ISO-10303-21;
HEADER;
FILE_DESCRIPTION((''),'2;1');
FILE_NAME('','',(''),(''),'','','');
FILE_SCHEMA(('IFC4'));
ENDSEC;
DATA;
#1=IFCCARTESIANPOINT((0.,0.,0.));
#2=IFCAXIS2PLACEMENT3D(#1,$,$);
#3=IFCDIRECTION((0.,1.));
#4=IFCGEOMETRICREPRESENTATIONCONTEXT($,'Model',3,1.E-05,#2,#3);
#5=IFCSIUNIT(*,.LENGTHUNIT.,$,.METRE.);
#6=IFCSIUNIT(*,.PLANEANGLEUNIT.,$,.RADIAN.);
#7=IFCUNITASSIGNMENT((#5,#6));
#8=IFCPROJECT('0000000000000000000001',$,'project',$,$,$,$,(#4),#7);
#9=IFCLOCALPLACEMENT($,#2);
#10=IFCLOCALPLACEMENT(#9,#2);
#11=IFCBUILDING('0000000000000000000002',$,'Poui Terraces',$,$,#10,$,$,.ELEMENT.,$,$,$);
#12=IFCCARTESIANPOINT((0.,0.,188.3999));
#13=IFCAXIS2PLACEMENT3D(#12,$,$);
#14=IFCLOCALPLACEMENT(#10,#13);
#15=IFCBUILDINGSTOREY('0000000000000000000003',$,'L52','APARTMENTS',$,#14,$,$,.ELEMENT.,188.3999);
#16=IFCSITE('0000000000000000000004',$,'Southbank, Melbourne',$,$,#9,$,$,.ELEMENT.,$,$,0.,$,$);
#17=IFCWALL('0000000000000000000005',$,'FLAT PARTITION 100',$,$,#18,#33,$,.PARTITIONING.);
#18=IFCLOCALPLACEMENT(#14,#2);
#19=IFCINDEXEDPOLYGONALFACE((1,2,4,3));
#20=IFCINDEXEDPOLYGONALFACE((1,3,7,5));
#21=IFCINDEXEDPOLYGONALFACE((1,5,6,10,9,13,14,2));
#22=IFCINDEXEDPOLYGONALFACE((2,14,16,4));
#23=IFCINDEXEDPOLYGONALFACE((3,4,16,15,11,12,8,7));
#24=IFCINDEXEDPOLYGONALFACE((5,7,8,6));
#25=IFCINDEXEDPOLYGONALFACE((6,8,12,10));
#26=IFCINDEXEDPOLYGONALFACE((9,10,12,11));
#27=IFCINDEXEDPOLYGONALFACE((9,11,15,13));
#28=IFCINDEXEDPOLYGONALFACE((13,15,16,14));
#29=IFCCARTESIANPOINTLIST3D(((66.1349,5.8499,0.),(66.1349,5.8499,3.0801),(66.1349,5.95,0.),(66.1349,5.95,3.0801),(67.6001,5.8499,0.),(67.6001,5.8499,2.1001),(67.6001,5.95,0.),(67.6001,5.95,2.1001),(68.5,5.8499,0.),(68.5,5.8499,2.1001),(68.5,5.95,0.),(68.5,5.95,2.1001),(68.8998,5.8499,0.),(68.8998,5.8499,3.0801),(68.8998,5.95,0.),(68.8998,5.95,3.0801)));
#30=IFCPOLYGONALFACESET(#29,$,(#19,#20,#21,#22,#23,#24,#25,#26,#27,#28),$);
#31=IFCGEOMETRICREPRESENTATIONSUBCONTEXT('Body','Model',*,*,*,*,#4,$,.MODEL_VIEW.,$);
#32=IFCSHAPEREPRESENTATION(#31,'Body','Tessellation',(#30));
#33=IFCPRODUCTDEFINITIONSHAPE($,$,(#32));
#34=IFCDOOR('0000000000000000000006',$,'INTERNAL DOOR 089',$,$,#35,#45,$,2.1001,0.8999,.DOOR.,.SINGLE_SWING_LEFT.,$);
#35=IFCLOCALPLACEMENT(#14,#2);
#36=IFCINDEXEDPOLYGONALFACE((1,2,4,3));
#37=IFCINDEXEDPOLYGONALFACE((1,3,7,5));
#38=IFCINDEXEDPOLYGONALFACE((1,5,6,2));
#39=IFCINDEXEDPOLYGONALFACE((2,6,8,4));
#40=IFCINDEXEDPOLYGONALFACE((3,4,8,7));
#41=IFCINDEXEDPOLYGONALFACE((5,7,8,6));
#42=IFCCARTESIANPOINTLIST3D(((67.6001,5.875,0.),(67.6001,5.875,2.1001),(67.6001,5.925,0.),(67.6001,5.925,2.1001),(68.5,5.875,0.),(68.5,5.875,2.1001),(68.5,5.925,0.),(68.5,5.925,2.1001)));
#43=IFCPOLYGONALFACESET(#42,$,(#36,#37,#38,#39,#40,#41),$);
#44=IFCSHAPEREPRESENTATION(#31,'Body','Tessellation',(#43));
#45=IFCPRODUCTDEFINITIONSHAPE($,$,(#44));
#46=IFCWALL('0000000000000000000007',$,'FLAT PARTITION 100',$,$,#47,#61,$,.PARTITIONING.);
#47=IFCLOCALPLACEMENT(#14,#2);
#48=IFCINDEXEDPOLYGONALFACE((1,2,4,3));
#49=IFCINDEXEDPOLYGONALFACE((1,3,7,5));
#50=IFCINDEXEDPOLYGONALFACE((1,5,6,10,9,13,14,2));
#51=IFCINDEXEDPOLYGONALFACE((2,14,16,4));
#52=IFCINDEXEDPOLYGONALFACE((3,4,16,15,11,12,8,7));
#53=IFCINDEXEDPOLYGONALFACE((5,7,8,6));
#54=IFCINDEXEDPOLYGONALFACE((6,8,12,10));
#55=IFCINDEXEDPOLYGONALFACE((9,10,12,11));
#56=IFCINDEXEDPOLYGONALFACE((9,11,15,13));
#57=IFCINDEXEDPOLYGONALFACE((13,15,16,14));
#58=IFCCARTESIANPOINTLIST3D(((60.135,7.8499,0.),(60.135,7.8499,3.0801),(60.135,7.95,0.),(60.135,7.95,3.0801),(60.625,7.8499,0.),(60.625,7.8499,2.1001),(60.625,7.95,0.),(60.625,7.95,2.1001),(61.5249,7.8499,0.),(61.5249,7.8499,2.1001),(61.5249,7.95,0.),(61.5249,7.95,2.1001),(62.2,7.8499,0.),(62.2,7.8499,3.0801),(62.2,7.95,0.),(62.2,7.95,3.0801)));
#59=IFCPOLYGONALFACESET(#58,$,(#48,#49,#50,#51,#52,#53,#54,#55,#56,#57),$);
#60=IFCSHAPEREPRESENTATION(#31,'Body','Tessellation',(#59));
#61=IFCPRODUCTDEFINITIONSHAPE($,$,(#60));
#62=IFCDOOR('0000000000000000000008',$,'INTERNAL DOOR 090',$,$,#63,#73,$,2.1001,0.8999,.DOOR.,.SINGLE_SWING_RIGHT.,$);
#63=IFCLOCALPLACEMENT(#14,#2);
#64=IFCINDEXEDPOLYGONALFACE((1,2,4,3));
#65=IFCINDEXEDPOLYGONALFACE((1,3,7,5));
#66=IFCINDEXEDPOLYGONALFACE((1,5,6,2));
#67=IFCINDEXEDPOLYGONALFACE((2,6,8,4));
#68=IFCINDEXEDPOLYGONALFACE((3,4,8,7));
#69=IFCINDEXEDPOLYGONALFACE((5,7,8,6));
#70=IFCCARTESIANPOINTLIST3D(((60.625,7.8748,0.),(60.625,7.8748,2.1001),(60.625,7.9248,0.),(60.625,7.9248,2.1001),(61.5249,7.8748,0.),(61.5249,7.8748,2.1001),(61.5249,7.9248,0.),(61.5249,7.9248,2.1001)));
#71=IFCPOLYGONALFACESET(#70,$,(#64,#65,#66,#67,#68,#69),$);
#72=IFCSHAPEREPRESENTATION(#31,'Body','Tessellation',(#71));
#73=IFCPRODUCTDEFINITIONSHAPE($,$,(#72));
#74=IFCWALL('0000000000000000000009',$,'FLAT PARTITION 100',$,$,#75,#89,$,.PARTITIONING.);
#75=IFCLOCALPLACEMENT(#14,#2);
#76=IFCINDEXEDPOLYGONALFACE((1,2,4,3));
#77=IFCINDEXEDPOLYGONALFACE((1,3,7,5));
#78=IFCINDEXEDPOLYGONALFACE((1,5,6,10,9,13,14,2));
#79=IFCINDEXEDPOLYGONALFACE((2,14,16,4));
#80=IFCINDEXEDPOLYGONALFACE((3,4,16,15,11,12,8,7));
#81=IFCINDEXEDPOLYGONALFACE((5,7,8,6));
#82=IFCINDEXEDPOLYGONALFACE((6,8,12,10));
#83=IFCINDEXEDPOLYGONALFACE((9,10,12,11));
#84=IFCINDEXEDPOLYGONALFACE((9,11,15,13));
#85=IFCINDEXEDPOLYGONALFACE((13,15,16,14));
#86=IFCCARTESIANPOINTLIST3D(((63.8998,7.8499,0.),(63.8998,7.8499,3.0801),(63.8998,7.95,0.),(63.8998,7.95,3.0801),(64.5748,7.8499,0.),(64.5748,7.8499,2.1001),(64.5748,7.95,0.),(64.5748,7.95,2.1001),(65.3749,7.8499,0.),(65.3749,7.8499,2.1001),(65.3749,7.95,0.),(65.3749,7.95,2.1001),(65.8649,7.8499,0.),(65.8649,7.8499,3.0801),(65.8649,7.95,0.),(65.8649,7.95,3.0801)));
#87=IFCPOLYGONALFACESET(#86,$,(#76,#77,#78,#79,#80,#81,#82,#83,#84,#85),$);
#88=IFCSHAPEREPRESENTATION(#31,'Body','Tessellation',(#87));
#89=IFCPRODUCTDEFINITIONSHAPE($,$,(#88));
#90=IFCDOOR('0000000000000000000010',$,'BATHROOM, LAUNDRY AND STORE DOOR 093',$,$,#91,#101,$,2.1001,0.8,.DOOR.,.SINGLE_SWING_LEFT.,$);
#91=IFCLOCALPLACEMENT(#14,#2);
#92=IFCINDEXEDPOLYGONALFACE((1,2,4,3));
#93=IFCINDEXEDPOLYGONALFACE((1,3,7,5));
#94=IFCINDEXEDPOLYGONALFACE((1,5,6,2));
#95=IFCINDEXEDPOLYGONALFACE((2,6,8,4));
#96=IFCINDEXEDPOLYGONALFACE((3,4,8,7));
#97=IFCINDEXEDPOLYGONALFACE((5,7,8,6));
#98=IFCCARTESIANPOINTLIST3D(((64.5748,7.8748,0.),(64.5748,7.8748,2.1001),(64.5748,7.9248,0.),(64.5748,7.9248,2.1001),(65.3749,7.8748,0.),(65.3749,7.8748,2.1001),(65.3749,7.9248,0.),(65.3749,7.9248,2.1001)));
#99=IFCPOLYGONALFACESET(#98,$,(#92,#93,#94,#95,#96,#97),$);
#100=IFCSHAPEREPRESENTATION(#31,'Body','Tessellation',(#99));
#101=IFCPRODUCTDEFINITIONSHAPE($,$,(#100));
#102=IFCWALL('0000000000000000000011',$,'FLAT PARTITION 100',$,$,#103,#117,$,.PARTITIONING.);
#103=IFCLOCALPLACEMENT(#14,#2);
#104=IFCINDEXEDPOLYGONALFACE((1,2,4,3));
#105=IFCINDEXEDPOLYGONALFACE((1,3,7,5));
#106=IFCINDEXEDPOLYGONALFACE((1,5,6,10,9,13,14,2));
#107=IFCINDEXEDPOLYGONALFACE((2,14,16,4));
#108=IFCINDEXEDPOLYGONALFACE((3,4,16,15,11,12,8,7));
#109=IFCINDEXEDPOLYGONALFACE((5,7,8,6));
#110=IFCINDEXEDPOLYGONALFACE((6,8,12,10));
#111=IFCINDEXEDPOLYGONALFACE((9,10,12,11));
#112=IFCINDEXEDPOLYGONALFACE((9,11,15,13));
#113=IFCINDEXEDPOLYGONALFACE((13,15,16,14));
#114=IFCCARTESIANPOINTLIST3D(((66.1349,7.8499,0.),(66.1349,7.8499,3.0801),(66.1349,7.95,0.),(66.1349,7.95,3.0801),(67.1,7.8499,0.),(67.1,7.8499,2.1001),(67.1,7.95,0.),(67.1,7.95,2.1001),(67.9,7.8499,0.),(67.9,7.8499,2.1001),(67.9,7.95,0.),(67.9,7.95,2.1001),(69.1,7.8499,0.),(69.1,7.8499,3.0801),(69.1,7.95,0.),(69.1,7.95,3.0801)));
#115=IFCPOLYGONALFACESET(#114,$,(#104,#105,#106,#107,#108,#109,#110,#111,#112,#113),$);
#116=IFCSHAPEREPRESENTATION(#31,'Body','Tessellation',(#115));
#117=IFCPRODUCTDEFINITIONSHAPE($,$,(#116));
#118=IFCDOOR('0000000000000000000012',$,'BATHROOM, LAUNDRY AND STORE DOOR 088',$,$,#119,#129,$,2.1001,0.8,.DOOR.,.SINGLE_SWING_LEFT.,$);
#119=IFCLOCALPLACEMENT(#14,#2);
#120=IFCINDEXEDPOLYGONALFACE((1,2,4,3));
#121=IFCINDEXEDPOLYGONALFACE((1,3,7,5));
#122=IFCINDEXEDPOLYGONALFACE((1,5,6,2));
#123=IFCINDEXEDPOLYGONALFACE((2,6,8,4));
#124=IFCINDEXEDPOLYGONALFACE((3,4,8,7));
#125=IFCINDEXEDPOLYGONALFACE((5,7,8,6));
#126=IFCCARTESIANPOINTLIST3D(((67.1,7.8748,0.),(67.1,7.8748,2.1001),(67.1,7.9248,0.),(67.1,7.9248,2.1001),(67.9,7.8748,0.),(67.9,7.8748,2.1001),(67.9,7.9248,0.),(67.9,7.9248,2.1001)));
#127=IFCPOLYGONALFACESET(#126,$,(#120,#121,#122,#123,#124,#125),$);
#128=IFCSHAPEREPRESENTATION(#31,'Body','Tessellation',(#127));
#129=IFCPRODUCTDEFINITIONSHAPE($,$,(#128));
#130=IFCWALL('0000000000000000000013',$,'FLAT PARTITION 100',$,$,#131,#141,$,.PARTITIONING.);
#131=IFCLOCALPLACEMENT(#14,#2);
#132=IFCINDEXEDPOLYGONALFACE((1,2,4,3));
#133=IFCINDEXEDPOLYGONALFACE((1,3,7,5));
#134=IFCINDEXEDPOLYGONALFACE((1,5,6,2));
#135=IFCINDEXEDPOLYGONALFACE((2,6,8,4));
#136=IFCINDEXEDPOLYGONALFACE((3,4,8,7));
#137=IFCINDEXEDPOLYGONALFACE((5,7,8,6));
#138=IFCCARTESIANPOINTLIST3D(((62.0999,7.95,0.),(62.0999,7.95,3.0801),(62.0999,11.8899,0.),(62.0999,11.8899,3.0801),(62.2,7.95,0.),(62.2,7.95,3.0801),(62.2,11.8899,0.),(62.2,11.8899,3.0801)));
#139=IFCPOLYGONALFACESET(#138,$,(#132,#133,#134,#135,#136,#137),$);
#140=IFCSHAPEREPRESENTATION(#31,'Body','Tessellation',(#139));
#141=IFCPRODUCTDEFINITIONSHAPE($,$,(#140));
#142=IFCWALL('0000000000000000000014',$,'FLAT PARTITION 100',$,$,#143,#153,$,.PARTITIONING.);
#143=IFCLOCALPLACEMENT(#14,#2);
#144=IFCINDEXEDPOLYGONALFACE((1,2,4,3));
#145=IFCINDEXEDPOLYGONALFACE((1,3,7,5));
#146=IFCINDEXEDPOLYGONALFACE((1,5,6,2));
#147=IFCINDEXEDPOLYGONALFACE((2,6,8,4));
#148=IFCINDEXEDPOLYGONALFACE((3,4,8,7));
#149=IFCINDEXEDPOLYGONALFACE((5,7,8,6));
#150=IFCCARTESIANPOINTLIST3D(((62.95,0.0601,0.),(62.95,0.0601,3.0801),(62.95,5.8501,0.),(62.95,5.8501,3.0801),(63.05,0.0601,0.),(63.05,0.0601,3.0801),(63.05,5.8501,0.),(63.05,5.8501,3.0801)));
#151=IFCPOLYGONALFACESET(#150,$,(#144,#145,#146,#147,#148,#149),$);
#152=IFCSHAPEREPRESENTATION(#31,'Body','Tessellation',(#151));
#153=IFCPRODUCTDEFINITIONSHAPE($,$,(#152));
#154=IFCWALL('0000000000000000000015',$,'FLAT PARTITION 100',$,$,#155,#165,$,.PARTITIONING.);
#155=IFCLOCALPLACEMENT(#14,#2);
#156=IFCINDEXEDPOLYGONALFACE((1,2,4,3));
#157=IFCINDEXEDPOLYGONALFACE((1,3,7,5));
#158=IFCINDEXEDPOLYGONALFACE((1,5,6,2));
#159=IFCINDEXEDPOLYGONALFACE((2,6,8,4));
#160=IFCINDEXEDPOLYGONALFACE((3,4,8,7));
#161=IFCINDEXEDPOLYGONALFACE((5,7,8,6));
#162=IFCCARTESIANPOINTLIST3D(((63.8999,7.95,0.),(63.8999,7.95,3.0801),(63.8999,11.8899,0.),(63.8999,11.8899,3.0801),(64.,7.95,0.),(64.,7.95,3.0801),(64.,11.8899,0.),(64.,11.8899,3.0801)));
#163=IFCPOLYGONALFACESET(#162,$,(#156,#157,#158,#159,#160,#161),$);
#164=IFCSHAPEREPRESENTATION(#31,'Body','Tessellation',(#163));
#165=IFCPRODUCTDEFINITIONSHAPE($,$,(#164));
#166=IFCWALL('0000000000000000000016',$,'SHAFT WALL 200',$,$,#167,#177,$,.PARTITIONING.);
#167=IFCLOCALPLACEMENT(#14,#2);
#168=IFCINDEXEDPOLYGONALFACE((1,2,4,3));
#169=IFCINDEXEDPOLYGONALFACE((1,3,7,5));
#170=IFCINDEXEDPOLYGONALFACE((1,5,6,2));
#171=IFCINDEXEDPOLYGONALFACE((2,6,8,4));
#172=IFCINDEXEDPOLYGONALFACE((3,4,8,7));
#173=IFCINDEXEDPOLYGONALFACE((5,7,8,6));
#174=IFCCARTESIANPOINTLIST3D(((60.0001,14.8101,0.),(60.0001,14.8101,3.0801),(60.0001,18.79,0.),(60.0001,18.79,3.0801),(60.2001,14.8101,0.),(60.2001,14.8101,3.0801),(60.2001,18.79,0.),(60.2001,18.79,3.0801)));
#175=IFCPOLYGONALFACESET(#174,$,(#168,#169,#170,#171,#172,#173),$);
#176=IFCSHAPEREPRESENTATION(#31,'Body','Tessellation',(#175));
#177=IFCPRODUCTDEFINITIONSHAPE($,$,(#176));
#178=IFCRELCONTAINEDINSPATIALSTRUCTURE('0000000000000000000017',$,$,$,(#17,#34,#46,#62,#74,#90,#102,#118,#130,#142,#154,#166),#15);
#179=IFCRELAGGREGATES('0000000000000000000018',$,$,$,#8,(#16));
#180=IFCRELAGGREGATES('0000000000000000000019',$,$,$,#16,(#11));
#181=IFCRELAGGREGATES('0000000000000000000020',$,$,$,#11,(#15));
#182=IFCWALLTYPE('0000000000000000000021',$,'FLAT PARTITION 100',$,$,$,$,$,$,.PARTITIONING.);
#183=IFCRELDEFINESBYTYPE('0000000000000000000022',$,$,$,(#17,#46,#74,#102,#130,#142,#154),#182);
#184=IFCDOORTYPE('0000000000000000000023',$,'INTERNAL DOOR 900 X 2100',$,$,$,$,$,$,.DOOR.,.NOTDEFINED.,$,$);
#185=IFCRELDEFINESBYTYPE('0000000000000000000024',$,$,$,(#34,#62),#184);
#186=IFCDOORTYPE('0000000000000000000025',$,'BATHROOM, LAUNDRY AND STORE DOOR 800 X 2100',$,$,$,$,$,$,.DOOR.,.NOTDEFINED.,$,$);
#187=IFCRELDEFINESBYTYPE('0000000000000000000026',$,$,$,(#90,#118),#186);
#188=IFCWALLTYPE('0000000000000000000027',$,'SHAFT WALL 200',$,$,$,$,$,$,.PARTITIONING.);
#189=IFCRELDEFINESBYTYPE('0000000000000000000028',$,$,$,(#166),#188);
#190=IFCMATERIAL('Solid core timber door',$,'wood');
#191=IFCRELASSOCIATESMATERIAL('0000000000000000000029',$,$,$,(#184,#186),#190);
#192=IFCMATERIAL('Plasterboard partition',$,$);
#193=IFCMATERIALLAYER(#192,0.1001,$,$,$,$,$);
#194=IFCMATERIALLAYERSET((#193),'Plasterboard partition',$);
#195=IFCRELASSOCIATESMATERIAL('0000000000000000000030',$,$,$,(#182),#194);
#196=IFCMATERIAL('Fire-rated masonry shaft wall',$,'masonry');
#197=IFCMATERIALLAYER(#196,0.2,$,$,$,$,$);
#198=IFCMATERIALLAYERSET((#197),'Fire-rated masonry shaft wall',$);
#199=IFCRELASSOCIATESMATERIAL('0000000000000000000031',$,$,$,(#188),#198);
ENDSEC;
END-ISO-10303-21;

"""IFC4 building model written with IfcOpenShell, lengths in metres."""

from ifc_helpers import new_model, si_unit, direction, frame, frame_2d, origin, place, context, subcontext, project, spatial, rectangle, extrude, material, layer, layer_set, type_object, element, fill, save


model = new_model("IFC4")

# Units and contexts
model_context = context("Model", 3, precision=1e-05, world=origin(), true_north=direction((0.0, 1.0)))
body_context = subcontext(model_context, "Body", "Model", "MODEL_VIEW")
ifc_project = project(units=[si_unit("LENGTHUNIT", "METRE"), si_unit("PLANEANGLEUNIT", "RADIAN")], contexts=[model_context])

# Site, building, storey
site_placement = place(None, origin())
site = spatial("IfcSite", under=ifc_project, at=site_placement, Name="Southbank, Melbourne", CompositionType="ELEMENT", RefElevation=0.0)
building_placement = place(site_placement, origin())
building = spatial("IfcBuilding", under=site, at=building_placement, Name="Poui Terraces", CompositionType="ELEMENT")
storey_placement = place(building_placement, frame((0.0, 0.0, 188.3999)))
storey = spatial("IfcBuildingStorey", under=building, at=storey_placement, Name="L52", Description="APARTMENTS", CompositionType="ELEMENT", Elevation=188.3999)

# Walls, openings, doors
ifc_material_1 = material(Name="Solid core timber door", Category="wood")
door_type_1 = type_object("IfcDoorType", Name="INTERNAL DOOR 900 X 2100", OperationType="NOTDEFINED", PredefinedType="DOOR", material=ifc_material_1)
ifc_material_2 = material(Name="Plasterboard partition")
ifc_layer_1 = layer(ifc_material_2, 0.1001)
ifc_layer_set_1 = layer_set([ifc_layer_1], Name="Plasterboard partition")
wall_type_1 = type_object("IfcWallType", Name="FLAT PARTITION 100", PredefinedType="PARTITIONING", material=ifc_layer_set_1)
wall_1_placement = place(storey_placement, frame((66.135, 5.8999, 0.0), z_axis=(0.0, 0.0, 1.0), x_axis=(1.0, 0.0, 0.0)))
wall_1 = element("IfcWall", 1, at=wall_1_placement, inside=storey, type_object=wall_type_1, Name="FLAT PARTITION 100", PredefinedType="PARTITIONING", context=body_context, shape_type="SweptSolid", body=[
    extrude(rectangle(XDim=2.7649, YDim=0.1001, at=frame_2d((1.3823, 0.0))), origin(), (0.0, 0.0, 1.0), 3.0801),
])
opening_1_placement = place(wall_1_placement, frame((1.4651, 0.0, 0.0)))
opening_1 = element("IfcOpeningElement", 2, at=opening_1_placement, cuts=wall_1, PredefinedType="OPENING", context=body_context, shape_type="SweptSolid", body=[
    extrude(rectangle(XDim=0.8999, YDim=2.1001, at=frame_2d((0.45, 1.05))), frame((0.0, 0.0601, 0.0), z_axis=(0.0, -1.0, 0.0), x_axis=(1.0, 0.0, 0.0)), (0.0, 0.0, 1.0), 0.1201),
])
door_1_placement = place(opening_1_placement, frame((0.8999, 0.0, 0.0), z_axis=(0.0, 0.0, 1.0), x_axis=(-1.0, 0.0, 0.0)))
door_1 = element("IfcDoor", 3, at=door_1_placement, inside=storey, type_object=door_type_1, Name="INTERNAL DOOR 089", OperationType="SINGLE_SWING_LEFT", OverallHeight=2.1001, OverallWidth=0.8999, PredefinedType="DOOR", context=body_context, shape_type="SweptSolid", body=[
    extrude(rectangle(XDim=0.8999, YDim=2.1001, at=frame_2d((0.45, 1.05))), frame((0.0, 0.0249, 0.0), z_axis=(0.0, -1.0, 0.0), x_axis=(1.0, 0.0, 0.0)), (0.0, 0.0, 1.0), 0.05),
])
fill(opening_1, door_1)
wall_2_placement = place(storey_placement, frame((60.135, 7.8999, 0.0), z_axis=(0.0, 0.0, 1.0), x_axis=(1.0, 0.0, 0.0)))
wall_2 = element("IfcWall", 4, at=wall_2_placement, inside=storey, type_object=wall_type_1, Name="FLAT PARTITION 100", PredefinedType="PARTITIONING", context=body_context, shape_type="SweptSolid", body=[
    extrude(rectangle(XDim=2.0649, YDim=0.1001, at=frame_2d((1.0325, 0.0))), origin(), (0.0, 0.0, 1.0), 3.0801),
])
opening_2_placement = place(wall_2_placement, frame((0.49, 0.0, 0.0)))
opening_2 = element("IfcOpeningElement", 5, at=opening_2_placement, cuts=wall_2, PredefinedType="OPENING", context=body_context, shape_type="SweptSolid", body=[
    extrude(rectangle(XDim=0.8999, YDim=2.1001, at=frame_2d((0.45, 1.05))), frame((0.0, 0.0601, 0.0), z_axis=(0.0, -1.0, 0.0), x_axis=(1.0, 0.0, 0.0)), (0.0, 0.0, 1.0), 0.1201),
])
door_2_placement = place(opening_2_placement, origin())
door_2 = element("IfcDoor", 6, at=door_2_placement, inside=storey, type_object=door_type_1, Name="INTERNAL DOOR 090", OperationType="SINGLE_SWING_RIGHT", OverallHeight=2.1001, OverallWidth=0.8999, PredefinedType="DOOR", context=body_context, shape_type="SweptSolid", body=[
    extrude(rectangle(XDim=0.8999, YDim=2.1001, at=frame_2d((0.45, 1.05))), frame((0.0, 0.0249, 0.0), z_axis=(0.0, -1.0, 0.0), x_axis=(1.0, 0.0, 0.0)), (0.0, 0.0, 1.0), 0.05),
])
fill(opening_2, door_2)
wall_3_placement = place(storey_placement, frame((63.8999, 7.8999, 0.0), z_axis=(0.0, 0.0, 1.0), x_axis=(1.0, 0.0, 0.0)))
wall_3 = element("IfcWall", 7, at=wall_3_placement, inside=storey, type_object=wall_type_1, Name="FLAT PARTITION 100", PredefinedType="PARTITIONING", context=body_context, shape_type="SweptSolid", body=[
    extrude(rectangle(XDim=1.9651, YDim=0.1001, at=frame_2d((0.9824, 0.0))), origin(), (0.0, 0.0, 1.0), 3.0801),
])
opening_3_placement = place(wall_3_placement, frame((0.675, 0.0, 0.0)))
opening_3 = element("IfcOpeningElement", 8, at=opening_3_placement, cuts=wall_3, PredefinedType="OPENING", context=body_context, shape_type="SweptSolid", body=[
    extrude(rectangle(XDim=0.8, YDim=2.1001, at=frame_2d((0.3999, 1.05))), frame((0.0, 0.0601, 0.0), z_axis=(0.0, -1.0, 0.0), x_axis=(1.0, 0.0, 0.0)), (0.0, 0.0, 1.0), 0.1201),
])
door_type_2 = type_object("IfcDoorType", Name="BATHROOM, LAUNDRY AND STORE DOOR 800 X 2100", OperationType="NOTDEFINED", PredefinedType="DOOR", material=ifc_material_1)
door_3_placement = place(opening_3_placement, origin())
door_3 = element("IfcDoor", 9, at=door_3_placement, inside=storey, type_object=door_type_2, Name="BATHROOM, LAUNDRY AND STORE DOOR 093", OperationType="SINGLE_SWING_LEFT", OverallHeight=2.1001, OverallWidth=0.8, PredefinedType="DOOR", context=body_context, shape_type="SweptSolid", body=[
    extrude(rectangle(XDim=0.8, YDim=2.1001, at=frame_2d((0.3999, 1.05))), frame((0.0, 0.0249, 0.0), z_axis=(0.0, -1.0, 0.0), x_axis=(1.0, 0.0, 0.0)), (0.0, 0.0, 1.0), 0.05),
])
fill(opening_3, door_3)
wall_4_placement = place(storey_placement, frame((66.135, 7.8999, 0.0), z_axis=(0.0, 0.0, 1.0), x_axis=(1.0, 0.0, 0.0)))
wall_4 = element("IfcWall", 10, at=wall_4_placement, inside=storey, type_object=wall_type_1, Name="FLAT PARTITION 100", PredefinedType="PARTITIONING", context=body_context, shape_type="SweptSolid", body=[
    extrude(rectangle(XDim=2.9651, YDim=0.1001, at=frame_2d((1.4824, 0.0))), origin(), (0.0, 0.0, 1.0), 3.0801),
])
opening_4_placement = place(wall_4_placement, frame((0.9651, 0.0, 0.0)))
opening_4 = element("IfcOpeningElement", 11, at=opening_4_placement, cuts=wall_4, PredefinedType="OPENING", context=body_context, shape_type="SweptSolid", body=[
    extrude(rectangle(XDim=0.8, YDim=2.1001, at=frame_2d((0.3999, 1.05))), frame((0.0, 0.0601, 0.0), z_axis=(0.0, -1.0, 0.0), x_axis=(1.0, 0.0, 0.0)), (0.0, 0.0, 1.0), 0.1201),
])
door_4_placement = place(opening_4_placement, origin())
door_4 = element("IfcDoor", 12, at=door_4_placement, inside=storey, type_object=door_type_2, Name="BATHROOM, LAUNDRY AND STORE DOOR 088", OperationType="SINGLE_SWING_LEFT", OverallHeight=2.1001, OverallWidth=0.8, PredefinedType="DOOR", context=body_context, shape_type="SweptSolid", body=[
    extrude(rectangle(XDim=0.8, YDim=2.1001, at=frame_2d((0.3999, 1.05))), frame((0.0, 0.0249, 0.0), z_axis=(0.0, -1.0, 0.0), x_axis=(1.0, 0.0, 0.0)), (0.0, 0.0, 1.0), 0.05),
])
fill(opening_4, door_4)

# Walls
wall_5_placement = place(storey_placement, frame((62.1499, 7.95, 0.0), z_axis=(0.0, 0.0, 1.0), x_axis=(0.0, 1.0, 0.0)))
element("IfcWall", 13, at=wall_5_placement, inside=storey, type_object=wall_type_1, Name="FLAT PARTITION 100", PredefinedType="PARTITIONING", context=body_context, shape_type="SweptSolid", body=[
    extrude(rectangle(XDim=3.9399, YDim=0.1001, at=frame_2d((1.97, 0.0))), origin(), (0.0, 0.0, 1.0), 3.0801),
])
wall_6_placement = place(storey_placement, frame((63.0, 0.0601, 0.0), z_axis=(0.0, 0.0, 1.0), x_axis=(0.0, 1.0, 0.0)))
element("IfcWall", 14, at=wall_6_placement, inside=storey, type_object=wall_type_1, Name="FLAT PARTITION 100", PredefinedType="PARTITIONING", context=body_context, shape_type="SweptSolid", body=[
    extrude(rectangle(XDim=5.79, YDim=0.1001, at=frame_2d((2.895, 0.0))), origin(), (0.0, 0.0, 1.0), 3.0801),
])
wall_7_placement = place(storey_placement, frame((63.95, 7.95, 0.0), z_axis=(0.0, 0.0, 1.0), x_axis=(0.0, 1.0, 0.0)))
element("IfcWall", 15, at=wall_7_placement, inside=storey, type_object=wall_type_1, Name="FLAT PARTITION 100", PredefinedType="PARTITIONING", context=body_context, shape_type="SweptSolid", body=[
    extrude(rectangle(XDim=3.9399, YDim=0.1001, at=frame_2d((1.97, 0.0))), origin(), (0.0, 0.0, 1.0), 3.0801),
])
ifc_material_3 = material(Name="Fire-rated masonry shaft wall", Category="masonry")
ifc_layer_2 = layer(ifc_material_3, 0.2)
ifc_layer_set_2 = layer_set([ifc_layer_2], Name="Fire-rated masonry shaft wall")
wall_type_2 = type_object("IfcWallType", Name="SHAFT WALL 200", PredefinedType="PARTITIONING", material=ifc_layer_set_2)
wall_8_placement = place(storey_placement, frame((60.1001, 14.8101, 0.0), z_axis=(0.0, 0.0, 1.0), x_axis=(0.0, 1.0, 0.0)))
element("IfcWall", 16, at=wall_8_placement, inside=storey, type_object=wall_type_2, Name="SHAFT WALL 200", PredefinedType="PARTITIONING", context=body_context, shape_type="SweptSolid", body=[
    extrude(rectangle(XDim=3.98, YDim=0.2, at=frame_2d((1.99, 0.0))), origin(), (0.0, 0.0, 1.0), 3.0801),
])

save(model, "model.ifc")
